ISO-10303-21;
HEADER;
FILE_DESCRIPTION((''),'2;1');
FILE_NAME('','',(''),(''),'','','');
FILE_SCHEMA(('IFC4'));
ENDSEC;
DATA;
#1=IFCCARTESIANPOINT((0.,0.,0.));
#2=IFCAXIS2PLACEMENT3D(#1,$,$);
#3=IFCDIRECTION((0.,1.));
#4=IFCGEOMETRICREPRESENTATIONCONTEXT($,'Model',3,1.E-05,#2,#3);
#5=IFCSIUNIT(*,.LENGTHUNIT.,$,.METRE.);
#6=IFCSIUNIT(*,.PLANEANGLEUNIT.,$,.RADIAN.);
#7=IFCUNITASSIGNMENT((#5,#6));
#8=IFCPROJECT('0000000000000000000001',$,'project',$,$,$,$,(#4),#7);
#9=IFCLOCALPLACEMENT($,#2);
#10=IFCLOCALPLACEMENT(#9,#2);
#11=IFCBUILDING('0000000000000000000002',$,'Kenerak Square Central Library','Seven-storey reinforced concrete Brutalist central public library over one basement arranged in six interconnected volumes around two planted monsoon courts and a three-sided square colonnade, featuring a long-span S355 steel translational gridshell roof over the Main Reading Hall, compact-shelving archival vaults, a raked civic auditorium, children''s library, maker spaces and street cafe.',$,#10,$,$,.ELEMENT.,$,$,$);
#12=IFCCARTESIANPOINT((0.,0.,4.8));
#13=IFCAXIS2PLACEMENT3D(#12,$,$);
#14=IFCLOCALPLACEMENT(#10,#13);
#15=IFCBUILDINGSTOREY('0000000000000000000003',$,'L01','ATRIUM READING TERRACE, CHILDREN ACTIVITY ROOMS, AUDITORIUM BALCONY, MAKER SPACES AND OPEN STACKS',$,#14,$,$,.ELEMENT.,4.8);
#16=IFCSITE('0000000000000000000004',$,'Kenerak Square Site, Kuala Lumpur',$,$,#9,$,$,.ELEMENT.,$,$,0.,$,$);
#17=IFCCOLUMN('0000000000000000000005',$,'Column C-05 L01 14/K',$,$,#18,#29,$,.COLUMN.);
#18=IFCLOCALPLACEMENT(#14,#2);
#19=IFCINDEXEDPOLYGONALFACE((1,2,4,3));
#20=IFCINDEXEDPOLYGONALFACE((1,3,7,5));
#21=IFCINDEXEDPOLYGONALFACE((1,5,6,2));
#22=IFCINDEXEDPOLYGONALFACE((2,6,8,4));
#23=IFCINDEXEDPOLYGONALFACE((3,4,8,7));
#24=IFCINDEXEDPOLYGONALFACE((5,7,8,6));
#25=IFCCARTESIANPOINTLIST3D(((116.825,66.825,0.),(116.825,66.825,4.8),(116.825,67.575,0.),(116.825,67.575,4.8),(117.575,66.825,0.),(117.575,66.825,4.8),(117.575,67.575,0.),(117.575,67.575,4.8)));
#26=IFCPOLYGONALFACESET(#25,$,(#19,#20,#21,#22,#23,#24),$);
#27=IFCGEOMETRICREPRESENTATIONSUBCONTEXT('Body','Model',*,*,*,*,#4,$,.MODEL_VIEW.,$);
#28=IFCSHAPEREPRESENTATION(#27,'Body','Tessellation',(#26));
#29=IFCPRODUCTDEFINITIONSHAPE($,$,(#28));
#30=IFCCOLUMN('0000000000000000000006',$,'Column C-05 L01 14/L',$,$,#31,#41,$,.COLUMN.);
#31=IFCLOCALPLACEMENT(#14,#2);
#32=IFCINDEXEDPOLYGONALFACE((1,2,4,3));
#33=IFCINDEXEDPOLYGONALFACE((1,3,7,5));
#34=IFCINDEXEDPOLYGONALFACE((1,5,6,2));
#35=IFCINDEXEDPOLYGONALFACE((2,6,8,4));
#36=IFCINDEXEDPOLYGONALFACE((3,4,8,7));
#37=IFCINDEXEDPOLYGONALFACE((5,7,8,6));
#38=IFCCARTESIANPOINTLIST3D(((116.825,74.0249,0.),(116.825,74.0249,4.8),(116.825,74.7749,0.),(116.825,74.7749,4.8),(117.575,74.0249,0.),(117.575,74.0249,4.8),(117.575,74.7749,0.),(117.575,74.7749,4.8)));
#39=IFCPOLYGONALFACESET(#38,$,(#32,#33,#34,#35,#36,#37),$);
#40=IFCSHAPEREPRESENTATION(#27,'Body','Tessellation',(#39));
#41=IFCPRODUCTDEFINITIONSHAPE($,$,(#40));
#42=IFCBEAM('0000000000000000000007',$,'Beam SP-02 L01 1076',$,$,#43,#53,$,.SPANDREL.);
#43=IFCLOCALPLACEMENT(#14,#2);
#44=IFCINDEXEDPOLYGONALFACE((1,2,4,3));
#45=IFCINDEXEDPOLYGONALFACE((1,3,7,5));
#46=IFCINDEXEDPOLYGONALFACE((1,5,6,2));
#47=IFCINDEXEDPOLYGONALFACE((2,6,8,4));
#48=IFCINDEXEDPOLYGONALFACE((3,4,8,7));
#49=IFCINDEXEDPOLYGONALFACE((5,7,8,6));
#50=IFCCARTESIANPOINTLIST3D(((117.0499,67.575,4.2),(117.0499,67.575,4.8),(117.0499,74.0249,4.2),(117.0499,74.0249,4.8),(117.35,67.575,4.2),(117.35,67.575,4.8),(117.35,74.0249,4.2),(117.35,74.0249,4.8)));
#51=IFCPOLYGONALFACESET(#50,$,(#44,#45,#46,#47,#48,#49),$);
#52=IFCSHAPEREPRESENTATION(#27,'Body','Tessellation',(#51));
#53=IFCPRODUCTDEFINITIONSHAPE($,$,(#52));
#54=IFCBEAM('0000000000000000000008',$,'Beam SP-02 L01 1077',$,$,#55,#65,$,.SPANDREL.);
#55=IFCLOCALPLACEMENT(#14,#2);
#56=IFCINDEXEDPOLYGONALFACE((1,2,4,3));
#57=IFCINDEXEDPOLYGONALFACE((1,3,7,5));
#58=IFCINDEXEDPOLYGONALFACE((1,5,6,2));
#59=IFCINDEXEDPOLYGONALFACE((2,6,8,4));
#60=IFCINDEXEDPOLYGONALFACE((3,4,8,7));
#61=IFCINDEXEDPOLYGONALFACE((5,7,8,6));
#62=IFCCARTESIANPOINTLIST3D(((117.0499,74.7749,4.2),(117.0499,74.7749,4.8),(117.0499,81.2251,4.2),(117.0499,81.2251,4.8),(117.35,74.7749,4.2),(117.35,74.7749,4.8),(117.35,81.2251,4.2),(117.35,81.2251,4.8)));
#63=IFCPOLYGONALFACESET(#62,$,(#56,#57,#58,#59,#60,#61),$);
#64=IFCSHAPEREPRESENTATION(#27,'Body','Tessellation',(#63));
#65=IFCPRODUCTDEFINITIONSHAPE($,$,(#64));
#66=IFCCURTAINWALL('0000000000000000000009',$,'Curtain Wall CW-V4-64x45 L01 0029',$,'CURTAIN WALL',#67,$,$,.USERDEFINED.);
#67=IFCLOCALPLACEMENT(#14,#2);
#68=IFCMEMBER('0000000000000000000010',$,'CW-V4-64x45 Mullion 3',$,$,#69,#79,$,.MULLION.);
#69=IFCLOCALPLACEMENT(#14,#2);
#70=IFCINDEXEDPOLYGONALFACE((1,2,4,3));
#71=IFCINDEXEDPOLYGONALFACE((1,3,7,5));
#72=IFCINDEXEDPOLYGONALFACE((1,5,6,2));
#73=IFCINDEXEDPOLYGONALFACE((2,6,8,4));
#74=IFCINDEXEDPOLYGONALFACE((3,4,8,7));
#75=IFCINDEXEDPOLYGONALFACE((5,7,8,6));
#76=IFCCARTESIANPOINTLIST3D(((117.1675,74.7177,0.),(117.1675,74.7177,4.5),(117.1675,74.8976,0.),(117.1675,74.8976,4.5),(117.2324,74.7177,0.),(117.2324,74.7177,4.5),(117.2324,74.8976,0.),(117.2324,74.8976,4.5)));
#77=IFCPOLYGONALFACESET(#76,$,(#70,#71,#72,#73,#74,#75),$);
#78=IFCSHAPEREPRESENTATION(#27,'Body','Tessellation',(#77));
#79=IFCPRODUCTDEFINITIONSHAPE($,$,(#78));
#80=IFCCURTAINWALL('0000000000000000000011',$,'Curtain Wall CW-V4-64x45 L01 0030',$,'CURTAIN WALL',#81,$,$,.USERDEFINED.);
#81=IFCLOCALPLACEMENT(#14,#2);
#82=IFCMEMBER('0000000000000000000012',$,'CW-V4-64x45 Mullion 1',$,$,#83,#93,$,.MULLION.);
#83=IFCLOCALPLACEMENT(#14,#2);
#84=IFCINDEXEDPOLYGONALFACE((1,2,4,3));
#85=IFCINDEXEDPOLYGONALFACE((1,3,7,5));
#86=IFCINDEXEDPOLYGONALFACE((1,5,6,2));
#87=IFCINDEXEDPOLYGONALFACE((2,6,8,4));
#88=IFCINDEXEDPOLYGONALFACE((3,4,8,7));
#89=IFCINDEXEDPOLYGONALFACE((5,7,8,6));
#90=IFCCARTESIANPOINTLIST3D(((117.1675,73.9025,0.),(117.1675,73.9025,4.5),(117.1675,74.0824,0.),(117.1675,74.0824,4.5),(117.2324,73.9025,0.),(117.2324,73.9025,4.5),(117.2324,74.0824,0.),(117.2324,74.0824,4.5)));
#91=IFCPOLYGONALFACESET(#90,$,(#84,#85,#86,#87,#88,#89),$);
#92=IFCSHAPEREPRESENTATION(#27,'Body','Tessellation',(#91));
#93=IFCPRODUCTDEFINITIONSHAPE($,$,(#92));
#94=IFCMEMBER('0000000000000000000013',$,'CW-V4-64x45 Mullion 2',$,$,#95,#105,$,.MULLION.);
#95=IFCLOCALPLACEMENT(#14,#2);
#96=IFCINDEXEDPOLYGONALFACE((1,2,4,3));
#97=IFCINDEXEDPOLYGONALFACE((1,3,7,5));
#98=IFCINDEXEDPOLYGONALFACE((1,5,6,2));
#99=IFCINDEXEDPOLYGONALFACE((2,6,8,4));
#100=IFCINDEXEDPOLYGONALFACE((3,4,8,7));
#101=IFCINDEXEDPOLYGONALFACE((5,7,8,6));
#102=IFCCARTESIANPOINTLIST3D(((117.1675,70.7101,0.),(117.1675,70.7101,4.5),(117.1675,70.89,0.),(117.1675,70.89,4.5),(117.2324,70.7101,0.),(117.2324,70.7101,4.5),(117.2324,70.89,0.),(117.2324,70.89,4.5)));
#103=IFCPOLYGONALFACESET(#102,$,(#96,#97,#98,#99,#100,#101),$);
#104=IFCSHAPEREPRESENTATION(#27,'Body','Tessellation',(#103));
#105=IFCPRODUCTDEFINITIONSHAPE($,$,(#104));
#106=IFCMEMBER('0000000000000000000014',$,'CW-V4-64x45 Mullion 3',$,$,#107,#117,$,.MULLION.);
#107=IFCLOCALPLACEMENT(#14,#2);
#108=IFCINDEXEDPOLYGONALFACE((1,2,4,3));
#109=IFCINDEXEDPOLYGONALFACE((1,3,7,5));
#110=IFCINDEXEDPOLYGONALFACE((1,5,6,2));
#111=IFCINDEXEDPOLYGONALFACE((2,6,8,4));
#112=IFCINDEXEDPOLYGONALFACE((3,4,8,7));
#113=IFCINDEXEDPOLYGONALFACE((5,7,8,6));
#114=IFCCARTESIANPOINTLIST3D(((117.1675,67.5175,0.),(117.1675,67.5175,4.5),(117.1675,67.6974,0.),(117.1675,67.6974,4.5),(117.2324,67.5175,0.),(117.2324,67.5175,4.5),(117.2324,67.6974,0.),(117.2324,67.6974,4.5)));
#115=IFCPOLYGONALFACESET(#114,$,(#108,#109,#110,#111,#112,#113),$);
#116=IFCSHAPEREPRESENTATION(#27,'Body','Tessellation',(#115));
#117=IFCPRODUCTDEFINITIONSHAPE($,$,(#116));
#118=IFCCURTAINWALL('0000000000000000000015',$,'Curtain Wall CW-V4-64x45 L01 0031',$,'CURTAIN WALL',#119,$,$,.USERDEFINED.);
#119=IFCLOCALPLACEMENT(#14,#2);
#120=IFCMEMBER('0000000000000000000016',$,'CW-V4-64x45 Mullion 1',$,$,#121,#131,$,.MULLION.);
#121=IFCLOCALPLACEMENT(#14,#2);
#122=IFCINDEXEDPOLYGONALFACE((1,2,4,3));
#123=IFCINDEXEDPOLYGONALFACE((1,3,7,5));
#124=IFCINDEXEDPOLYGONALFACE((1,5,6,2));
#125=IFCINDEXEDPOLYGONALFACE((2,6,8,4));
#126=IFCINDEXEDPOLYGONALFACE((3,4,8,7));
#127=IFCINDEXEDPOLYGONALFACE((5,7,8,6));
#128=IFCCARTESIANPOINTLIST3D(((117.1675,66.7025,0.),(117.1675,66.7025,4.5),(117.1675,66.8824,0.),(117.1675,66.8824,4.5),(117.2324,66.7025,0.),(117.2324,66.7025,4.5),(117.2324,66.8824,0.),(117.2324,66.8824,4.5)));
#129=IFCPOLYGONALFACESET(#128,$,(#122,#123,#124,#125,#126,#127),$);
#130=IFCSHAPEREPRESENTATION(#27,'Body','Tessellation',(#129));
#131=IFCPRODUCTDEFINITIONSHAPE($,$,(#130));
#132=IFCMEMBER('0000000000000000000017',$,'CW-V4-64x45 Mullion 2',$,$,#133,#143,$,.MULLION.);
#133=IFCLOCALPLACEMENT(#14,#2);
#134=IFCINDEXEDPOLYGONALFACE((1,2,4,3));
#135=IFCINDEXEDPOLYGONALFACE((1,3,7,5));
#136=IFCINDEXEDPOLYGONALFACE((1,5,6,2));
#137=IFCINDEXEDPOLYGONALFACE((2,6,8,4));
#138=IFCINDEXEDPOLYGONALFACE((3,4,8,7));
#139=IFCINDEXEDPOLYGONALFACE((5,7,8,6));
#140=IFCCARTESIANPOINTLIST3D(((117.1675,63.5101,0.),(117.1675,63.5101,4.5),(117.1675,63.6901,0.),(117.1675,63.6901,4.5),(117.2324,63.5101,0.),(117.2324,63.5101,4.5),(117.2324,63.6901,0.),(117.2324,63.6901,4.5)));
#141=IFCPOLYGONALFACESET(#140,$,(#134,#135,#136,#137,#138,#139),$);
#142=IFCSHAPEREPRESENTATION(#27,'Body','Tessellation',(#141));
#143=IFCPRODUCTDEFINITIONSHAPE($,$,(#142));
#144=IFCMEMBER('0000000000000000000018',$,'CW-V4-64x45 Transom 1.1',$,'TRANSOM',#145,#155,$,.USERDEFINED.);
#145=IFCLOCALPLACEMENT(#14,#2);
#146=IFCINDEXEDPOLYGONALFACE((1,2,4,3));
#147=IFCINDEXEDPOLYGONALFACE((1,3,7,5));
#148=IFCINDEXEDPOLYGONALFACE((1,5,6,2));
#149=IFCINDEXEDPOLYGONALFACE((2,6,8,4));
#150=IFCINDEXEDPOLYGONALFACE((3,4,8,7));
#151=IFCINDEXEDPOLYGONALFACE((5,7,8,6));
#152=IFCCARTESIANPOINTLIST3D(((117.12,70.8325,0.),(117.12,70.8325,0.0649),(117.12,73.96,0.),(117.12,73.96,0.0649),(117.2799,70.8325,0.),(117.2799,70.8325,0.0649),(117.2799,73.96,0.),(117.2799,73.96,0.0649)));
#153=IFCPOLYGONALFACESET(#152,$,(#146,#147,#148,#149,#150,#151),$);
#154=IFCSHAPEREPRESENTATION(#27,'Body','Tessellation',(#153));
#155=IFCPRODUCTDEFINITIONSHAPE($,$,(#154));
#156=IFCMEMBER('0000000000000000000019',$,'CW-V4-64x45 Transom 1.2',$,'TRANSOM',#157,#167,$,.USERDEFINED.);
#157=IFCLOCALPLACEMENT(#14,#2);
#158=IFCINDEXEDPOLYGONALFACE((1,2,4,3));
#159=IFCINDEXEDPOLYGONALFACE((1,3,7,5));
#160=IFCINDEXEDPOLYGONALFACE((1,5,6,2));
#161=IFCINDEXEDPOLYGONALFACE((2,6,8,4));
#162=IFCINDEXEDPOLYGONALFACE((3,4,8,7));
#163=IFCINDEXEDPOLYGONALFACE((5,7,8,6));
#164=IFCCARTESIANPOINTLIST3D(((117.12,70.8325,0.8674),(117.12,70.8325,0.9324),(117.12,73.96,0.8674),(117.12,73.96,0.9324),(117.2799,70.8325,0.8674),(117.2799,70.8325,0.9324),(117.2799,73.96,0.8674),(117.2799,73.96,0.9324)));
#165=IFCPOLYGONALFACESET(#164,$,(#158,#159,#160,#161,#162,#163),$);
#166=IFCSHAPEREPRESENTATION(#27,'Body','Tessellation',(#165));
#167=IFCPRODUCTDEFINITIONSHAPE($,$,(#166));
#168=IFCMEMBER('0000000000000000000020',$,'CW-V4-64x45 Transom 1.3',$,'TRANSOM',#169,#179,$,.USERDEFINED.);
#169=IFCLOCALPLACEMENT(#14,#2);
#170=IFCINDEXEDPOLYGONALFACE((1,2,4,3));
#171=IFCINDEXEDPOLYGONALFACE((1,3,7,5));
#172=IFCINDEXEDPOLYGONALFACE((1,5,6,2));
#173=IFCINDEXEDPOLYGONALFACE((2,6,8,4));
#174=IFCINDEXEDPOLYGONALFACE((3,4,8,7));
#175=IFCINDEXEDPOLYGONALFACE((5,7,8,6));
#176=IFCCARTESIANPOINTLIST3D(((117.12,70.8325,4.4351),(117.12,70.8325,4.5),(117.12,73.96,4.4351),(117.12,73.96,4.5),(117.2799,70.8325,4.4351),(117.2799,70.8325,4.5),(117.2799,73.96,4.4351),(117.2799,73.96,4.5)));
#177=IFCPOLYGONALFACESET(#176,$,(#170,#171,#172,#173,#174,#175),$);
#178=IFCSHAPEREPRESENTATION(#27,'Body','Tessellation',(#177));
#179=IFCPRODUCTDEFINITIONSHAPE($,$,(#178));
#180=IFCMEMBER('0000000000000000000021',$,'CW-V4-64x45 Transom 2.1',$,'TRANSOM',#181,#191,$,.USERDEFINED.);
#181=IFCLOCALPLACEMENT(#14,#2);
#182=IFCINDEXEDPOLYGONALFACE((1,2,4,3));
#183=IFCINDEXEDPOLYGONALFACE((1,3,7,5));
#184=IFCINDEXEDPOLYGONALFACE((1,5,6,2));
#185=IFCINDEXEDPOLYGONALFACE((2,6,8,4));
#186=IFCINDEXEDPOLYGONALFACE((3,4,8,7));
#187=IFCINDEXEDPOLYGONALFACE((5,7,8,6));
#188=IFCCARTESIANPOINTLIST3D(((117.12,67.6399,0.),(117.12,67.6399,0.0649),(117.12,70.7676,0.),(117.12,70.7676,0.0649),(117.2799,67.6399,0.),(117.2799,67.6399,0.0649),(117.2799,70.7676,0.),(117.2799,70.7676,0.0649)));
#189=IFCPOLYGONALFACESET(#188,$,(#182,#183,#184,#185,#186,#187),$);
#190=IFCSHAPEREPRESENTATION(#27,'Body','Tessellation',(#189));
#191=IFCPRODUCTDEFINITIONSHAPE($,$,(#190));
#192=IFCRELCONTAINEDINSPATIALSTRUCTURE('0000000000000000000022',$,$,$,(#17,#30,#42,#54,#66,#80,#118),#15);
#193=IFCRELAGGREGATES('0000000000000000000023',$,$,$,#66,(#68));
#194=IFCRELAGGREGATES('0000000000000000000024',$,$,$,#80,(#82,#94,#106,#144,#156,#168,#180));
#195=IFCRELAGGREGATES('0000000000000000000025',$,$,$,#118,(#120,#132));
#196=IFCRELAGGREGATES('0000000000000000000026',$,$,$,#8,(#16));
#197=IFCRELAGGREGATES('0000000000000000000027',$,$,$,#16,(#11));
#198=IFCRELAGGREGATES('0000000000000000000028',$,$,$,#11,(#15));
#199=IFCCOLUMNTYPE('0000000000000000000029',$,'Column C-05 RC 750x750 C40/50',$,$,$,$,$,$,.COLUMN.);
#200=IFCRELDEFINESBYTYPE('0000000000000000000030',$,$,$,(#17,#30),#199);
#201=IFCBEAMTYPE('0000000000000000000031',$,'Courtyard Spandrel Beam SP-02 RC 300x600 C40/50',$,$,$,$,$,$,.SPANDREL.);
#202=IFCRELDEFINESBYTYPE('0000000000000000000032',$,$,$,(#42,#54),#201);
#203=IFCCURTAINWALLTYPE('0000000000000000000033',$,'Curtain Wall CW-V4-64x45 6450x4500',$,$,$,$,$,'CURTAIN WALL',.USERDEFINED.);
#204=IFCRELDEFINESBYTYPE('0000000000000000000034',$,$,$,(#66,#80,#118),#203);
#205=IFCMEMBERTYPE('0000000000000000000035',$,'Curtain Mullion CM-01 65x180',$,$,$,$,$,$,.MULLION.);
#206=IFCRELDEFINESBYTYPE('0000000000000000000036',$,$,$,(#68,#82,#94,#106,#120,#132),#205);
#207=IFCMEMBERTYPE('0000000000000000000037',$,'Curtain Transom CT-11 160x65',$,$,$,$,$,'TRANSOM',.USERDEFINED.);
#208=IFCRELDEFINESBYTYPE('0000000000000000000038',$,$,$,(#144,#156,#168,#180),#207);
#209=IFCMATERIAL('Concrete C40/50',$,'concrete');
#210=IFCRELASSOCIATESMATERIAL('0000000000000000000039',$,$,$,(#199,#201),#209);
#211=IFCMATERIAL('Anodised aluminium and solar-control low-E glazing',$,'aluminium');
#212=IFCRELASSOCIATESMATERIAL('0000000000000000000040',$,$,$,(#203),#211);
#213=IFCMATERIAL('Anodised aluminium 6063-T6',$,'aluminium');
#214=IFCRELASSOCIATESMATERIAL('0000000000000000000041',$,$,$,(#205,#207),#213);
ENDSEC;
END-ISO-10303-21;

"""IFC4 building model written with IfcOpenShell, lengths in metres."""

from ifc_helpers import new_model, si_unit, direction, frame, origin, origin_2d, place, context, subcontext, project, spatial, rectangle, extrude, material, material_profile, profile_set, type_object, element, aggregate, save


model = new_model("IFC4")

# Units and contexts
model_context = context("Model", 3, precision=1e-05, world=origin(), true_north=direction((0.0, 1.0)))
body_context = subcontext(model_context, "Body", "Model", "MODEL_VIEW")
ifc_project = project(units=[si_unit("LENGTHUNIT", "METRE"), si_unit("PLANEANGLEUNIT", "RADIAN")], contexts=[model_context])

# Site, building, storey
site_placement = place(None, origin())
site = spatial("IfcSite", under=ifc_project, at=site_placement, Name="Kenerak Square Site, Kuala Lumpur", CompositionType="ELEMENT", RefElevation=0.0)
building_placement = place(site_placement, origin())
building = spatial("IfcBuilding", under=site, at=building_placement, Name="Kenerak Square Central Library", Description="Seven-storey reinforced concrete Brutalist central public library over one basement arranged in six interconnected volumes around two planted monsoon courts and a three-sided square colonnade, featuring a long-span S355 steel translational gridshell roof over the Main Reading Hall, compact-shelving archival vaults, a raked civic auditorium, children's library, maker spaces and street cafe.", CompositionType="ELEMENT")
storey_placement = place(building_placement, frame((0.0, 0.0, 4.8)))
storey = spatial("IfcBuildingStorey", under=building, at=storey_placement, Name="L01", Description="ATRIUM READING TERRACE, CHILDREN ACTIVITY ROOMS, AUDITORIUM BALCONY, MAKER SPACES AND OPEN STACKS", CompositionType="ELEMENT", Elevation=4.8)

# Columns
ifc_material_1 = material(Name="Concrete C40/50", Category="concrete")
ifc_material_profile_1 = material_profile(ifc_material_1, rectangle(XDim=0.75, YDim=0.75, at=origin_2d()), Name="RC 750x750")
ifc_profile_set_1 = profile_set([ifc_material_profile_1], Name="Concrete C40/50")
column_type = type_object("IfcColumnType", Name="Column C-05 RC 750x750 C40/50", PredefinedType="COLUMN", material=ifc_profile_set_1)
for number, where, z_axis, x_axis, name in (
    (1, (117.2, 67.2, 0.0), (0.0, 0.0, 1.0), (1.0, 0.0, 0.0), "Column C-05 L01 14/K"),
    (2, (117.2, 74.3999, 0.0), (0.0, 0.0, 1.0), (1.0, 0.0, 0.0), "Column C-05 L01 14/L"),
):
    element("IfcColumn", number, at=place(storey_placement, frame(where, z_axis=z_axis, x_axis=x_axis)), inside=storey, type_object=column_type, Name=name, PredefinedType="COLUMN", context=body_context, shape_type="SweptSolid", body=[
        extrude(rectangle(XDim=0.75, YDim=0.75, at=origin_2d()), origin(), (0.0, 0.0, 1.0), 4.8),
    ])

# Beams
ifc_material_profile_2 = material_profile(ifc_material_1, rectangle(XDim=0.3, YDim=0.6001, at=origin_2d()), Name="RC 300x600")
ifc_profile_set_2 = profile_set([ifc_material_profile_2], Name="Concrete C40/50")
beam_type = type_object("IfcBeamType", Name="Courtyard Spandrel Beam SP-02 RC 300x600 C40/50", PredefinedType="SPANDREL", material=ifc_profile_set_2)
beam_1_placement = place(storey_placement, frame((117.2, 67.575, 4.5), z_axis=(0.0, 1.0, 0.0), x_axis=(-1.0, 0.0, 0.0)))
element("IfcBeam", 3, at=beam_1_placement, inside=storey, type_object=beam_type, Name="Beam SP-02 L01 1076", PredefinedType="SPANDREL", context=body_context, shape_type="SweptSolid", body=[
    extrude(rectangle(XDim=0.3, YDim=0.6001, at=origin_2d()), origin(), (0.0, 0.0, 1.0), 6.45),
])
beam_2_placement = place(storey_placement, frame((117.2, 74.7749, 4.5), z_axis=(0.0, 1.0, 0.0), x_axis=(-1.0, 0.0, 0.0)))
element("IfcBeam", 4, at=beam_2_placement, inside=storey, type_object=beam_type, Name="Beam SP-02 L01 1077", PredefinedType="SPANDREL", context=body_context, shape_type="SweptSolid", body=[
    extrude(rectangle(XDim=0.3, YDim=0.6001, at=origin_2d()), origin(), (0.0, 0.0, 1.0), 6.4502),
])

# Curtain wall, member
ifc_material_2 = material(Name="Anodised aluminium and solar-control low-E glazing", Category="aluminium")
curtain_wall_type = type_object("IfcCurtainWallType", Name="Curtain Wall CW-V4-64x45 6450x4500", ElementType="CURTAIN WALL", PredefinedType="USERDEFINED", material=ifc_material_2)
curtain_wall_1_placement = place(storey_placement, origin())
curtain_wall_1 = element("IfcCurtainWall", 5, at=curtain_wall_1_placement, inside=storey, type_object=curtain_wall_type, Name="Curtain Wall CW-V4-64x45 L01 0029", ObjectType="CURTAIN WALL", PredefinedType="USERDEFINED")
ifc_material_3 = material(Name="Anodised aluminium 6063-T6", Category="aluminium")
ifc_material_profile_3 = material_profile(ifc_material_3, rectangle(XDim=0.0649, YDim=0.1799, at=origin_2d()), Name="AL MULLION 65x180")
ifc_profile_set_3 = profile_set([ifc_material_profile_3], Name="Anodised aluminium 6063-T6")
member_type_1 = type_object("IfcMemberType", Name="Curtain Mullion CM-01 65x180", PredefinedType="MULLION", material=ifc_profile_set_3)
member_1_placement = place(storey_placement, frame((117.2, 74.8076, 0.0), z_axis=(0.0, 0.0, 1.0), x_axis=(1.0, 0.0, 0.0)))
member_1 = element("IfcMember", 6, at=member_1_placement, type_object=member_type_1, Name="CW-V4-64x45 Mullion 3", PredefinedType="MULLION", context=body_context, shape_type="SweptSolid", body=[
    extrude(rectangle(XDim=0.0649, YDim=0.1799, at=origin_2d()), origin(), (0.0, 0.0, 1.0), 4.5),
])

# Curtain walls, members
curtain_wall_2_placement = place(storey_placement, origin())
curtain_wall_2 = element("IfcCurtainWall", 7, at=curtain_wall_2_placement, inside=storey, type_object=curtain_wall_type, Name="Curtain Wall CW-V4-64x45 L01 0030", ObjectType="CURTAIN WALL", PredefinedType="USERDEFINED")
member_2_placement = place(storey_placement, frame((117.2, 73.9924, 0.0), z_axis=(0.0, 0.0, 1.0), x_axis=(1.0, 0.0, 0.0)))
member_2 = element("IfcMember", 8, at=member_2_placement, type_object=member_type_1, Name="CW-V4-64x45 Mullion 1", PredefinedType="MULLION", context=body_context, shape_type="SweptSolid", body=[
    extrude(rectangle(XDim=0.0649, YDim=0.1799, at=origin_2d()), origin(), (0.0, 0.0, 1.0), 4.5),
])
member_3_placement = place(storey_placement, frame((117.2, 70.8, 0.0), z_axis=(0.0, 0.0, 1.0), x_axis=(1.0, 0.0, 0.0)))
member_3 = element("IfcMember", 9, at=member_3_placement, type_object=member_type_1, Name="CW-V4-64x45 Mullion 2", PredefinedType="MULLION", context=body_context, shape_type="SweptSolid", body=[
    extrude(rectangle(XDim=0.0649, YDim=0.1799, at=origin_2d()), origin(), (0.0, 0.0, 1.0), 4.5),
])
member_4_placement = place(storey_placement, frame((117.2, 67.6074, 0.0), z_axis=(0.0, 0.0, 1.0), x_axis=(1.0, 0.0, 0.0)))
member_4 = element("IfcMember", 10, at=member_4_placement, type_object=member_type_1, Name="CW-V4-64x45 Mullion 3", PredefinedType="MULLION", context=body_context, shape_type="SweptSolid", body=[
    extrude(rectangle(XDim=0.0649, YDim=0.1799, at=origin_2d()), origin(), (0.0, 0.0, 1.0), 4.5),
])
curtain_wall_3_placement = place(storey_placement, origin())
curtain_wall_3 = element("IfcCurtainWall", 11, at=curtain_wall_3_placement, inside=storey, type_object=curtain_wall_type, Name="Curtain Wall CW-V4-64x45 L01 0031", ObjectType="CURTAIN WALL", PredefinedType="USERDEFINED")
member_5_placement = place(storey_placement, frame((117.2, 66.7925, 0.0), z_axis=(0.0, 0.0, 1.0), x_axis=(1.0, 0.0, 0.0)))
member_5 = element("IfcMember", 12, at=member_5_placement, type_object=member_type_1, Name="CW-V4-64x45 Mullion 1", PredefinedType="MULLION", context=body_context, shape_type="SweptSolid", body=[
    extrude(rectangle(XDim=0.0649, YDim=0.1799, at=origin_2d()), origin(), (0.0, 0.0, 1.0), 4.5),
])
member_6_placement = place(storey_placement, frame((117.2, 63.6001, 0.0), z_axis=(0.0, 0.0, 1.0), x_axis=(1.0, 0.0, 0.0)))
member_6 = element("IfcMember", 13, at=member_6_placement, type_object=member_type_1, Name="CW-V4-64x45 Mullion 2", PredefinedType="MULLION", context=body_context, shape_type="SweptSolid", body=[
    extrude(rectangle(XDim=0.0649, YDim=0.1799, at=origin_2d()), origin(), (0.0, 0.0, 1.0), 4.5),
])

# Members
ifc_material_profile_4 = material_profile(ifc_material_3, rectangle(XDim=0.1599, YDim=0.0649, at=origin_2d()), Name="AL TRANSOM 160x65")
ifc_profile_set_4 = profile_set([ifc_material_profile_4], Name="Anodised aluminium 6063-T6")
member_type_2 = type_object("IfcMemberType", Name="Curtain Transom CT-11 160x65", ElementType="TRANSOM", PredefinedType="USERDEFINED", material=ifc_profile_set_4)
member_7_placement = place(storey_placement, frame((117.2, 73.96, 0.0325), z_axis=(0.0, -1.0, 0.0), x_axis=(1.0, 0.0, 0.0)))
member_7 = element("IfcMember", 14, at=member_7_placement, type_object=member_type_2, Name="CW-V4-64x45 Transom 1.1", ObjectType="TRANSOM", PredefinedType="USERDEFINED", context=body_context, shape_type="SweptSolid", body=[
    extrude(rectangle(XDim=0.1599, YDim=0.0649, at=origin_2d()), origin(), (0.0, 0.0, 1.0), 3.1274),
])
member_8_placement = place(storey_placement, frame((117.2, 73.96, 0.8999), z_axis=(0.0, -1.0, 0.0), x_axis=(1.0, 0.0, 0.0)))
member_8 = element("IfcMember", 15, at=member_8_placement, type_object=member_type_2, Name="CW-V4-64x45 Transom 1.2", ObjectType="TRANSOM", PredefinedType="USERDEFINED", context=body_context, shape_type="SweptSolid", body=[
    extrude(rectangle(XDim=0.1599, YDim=0.0649, at=origin_2d()), origin(), (0.0, 0.0, 1.0), 3.1274),
])
member_9_placement = place(storey_placement, frame((117.2, 73.96, 4.4675), z_axis=(0.0, -1.0, 0.0), x_axis=(1.0, 0.0, 0.0)))
member_9 = element("IfcMember", 16, at=member_9_placement, type_object=member_type_2, Name="CW-V4-64x45 Transom 1.3", ObjectType="TRANSOM", PredefinedType="USERDEFINED", context=body_context, shape_type="SweptSolid", body=[
    extrude(rectangle(XDim=0.1599, YDim=0.0649, at=origin_2d()), origin(), (0.0, 0.0, 1.0), 3.1274),
])
member_10_placement = place(storey_placement, frame((117.2, 70.7676, 0.0325), z_axis=(0.0, -1.0, 0.0), x_axis=(1.0, 0.0, 0.0)))
member_10 = element("IfcMember", 17, at=member_10_placement, type_object=member_type_2, Name="CW-V4-64x45 Transom 2.1", ObjectType="TRANSOM", PredefinedType="USERDEFINED", context=body_context, shape_type="SweptSolid", body=[
    extrude(rectangle(XDim=0.1599, YDim=0.0649, at=origin_2d()), origin(), (0.0, 0.0, 1.0), 3.1277),
])

aggregate(curtain_wall_1, [member_1])
aggregate(curtain_wall_2, [member_2, member_3, member_4, member_7, member_8, member_9, member_10])
aggregate(curtain_wall_3, [member_5, member_6])

save(model, "model.ifc")
